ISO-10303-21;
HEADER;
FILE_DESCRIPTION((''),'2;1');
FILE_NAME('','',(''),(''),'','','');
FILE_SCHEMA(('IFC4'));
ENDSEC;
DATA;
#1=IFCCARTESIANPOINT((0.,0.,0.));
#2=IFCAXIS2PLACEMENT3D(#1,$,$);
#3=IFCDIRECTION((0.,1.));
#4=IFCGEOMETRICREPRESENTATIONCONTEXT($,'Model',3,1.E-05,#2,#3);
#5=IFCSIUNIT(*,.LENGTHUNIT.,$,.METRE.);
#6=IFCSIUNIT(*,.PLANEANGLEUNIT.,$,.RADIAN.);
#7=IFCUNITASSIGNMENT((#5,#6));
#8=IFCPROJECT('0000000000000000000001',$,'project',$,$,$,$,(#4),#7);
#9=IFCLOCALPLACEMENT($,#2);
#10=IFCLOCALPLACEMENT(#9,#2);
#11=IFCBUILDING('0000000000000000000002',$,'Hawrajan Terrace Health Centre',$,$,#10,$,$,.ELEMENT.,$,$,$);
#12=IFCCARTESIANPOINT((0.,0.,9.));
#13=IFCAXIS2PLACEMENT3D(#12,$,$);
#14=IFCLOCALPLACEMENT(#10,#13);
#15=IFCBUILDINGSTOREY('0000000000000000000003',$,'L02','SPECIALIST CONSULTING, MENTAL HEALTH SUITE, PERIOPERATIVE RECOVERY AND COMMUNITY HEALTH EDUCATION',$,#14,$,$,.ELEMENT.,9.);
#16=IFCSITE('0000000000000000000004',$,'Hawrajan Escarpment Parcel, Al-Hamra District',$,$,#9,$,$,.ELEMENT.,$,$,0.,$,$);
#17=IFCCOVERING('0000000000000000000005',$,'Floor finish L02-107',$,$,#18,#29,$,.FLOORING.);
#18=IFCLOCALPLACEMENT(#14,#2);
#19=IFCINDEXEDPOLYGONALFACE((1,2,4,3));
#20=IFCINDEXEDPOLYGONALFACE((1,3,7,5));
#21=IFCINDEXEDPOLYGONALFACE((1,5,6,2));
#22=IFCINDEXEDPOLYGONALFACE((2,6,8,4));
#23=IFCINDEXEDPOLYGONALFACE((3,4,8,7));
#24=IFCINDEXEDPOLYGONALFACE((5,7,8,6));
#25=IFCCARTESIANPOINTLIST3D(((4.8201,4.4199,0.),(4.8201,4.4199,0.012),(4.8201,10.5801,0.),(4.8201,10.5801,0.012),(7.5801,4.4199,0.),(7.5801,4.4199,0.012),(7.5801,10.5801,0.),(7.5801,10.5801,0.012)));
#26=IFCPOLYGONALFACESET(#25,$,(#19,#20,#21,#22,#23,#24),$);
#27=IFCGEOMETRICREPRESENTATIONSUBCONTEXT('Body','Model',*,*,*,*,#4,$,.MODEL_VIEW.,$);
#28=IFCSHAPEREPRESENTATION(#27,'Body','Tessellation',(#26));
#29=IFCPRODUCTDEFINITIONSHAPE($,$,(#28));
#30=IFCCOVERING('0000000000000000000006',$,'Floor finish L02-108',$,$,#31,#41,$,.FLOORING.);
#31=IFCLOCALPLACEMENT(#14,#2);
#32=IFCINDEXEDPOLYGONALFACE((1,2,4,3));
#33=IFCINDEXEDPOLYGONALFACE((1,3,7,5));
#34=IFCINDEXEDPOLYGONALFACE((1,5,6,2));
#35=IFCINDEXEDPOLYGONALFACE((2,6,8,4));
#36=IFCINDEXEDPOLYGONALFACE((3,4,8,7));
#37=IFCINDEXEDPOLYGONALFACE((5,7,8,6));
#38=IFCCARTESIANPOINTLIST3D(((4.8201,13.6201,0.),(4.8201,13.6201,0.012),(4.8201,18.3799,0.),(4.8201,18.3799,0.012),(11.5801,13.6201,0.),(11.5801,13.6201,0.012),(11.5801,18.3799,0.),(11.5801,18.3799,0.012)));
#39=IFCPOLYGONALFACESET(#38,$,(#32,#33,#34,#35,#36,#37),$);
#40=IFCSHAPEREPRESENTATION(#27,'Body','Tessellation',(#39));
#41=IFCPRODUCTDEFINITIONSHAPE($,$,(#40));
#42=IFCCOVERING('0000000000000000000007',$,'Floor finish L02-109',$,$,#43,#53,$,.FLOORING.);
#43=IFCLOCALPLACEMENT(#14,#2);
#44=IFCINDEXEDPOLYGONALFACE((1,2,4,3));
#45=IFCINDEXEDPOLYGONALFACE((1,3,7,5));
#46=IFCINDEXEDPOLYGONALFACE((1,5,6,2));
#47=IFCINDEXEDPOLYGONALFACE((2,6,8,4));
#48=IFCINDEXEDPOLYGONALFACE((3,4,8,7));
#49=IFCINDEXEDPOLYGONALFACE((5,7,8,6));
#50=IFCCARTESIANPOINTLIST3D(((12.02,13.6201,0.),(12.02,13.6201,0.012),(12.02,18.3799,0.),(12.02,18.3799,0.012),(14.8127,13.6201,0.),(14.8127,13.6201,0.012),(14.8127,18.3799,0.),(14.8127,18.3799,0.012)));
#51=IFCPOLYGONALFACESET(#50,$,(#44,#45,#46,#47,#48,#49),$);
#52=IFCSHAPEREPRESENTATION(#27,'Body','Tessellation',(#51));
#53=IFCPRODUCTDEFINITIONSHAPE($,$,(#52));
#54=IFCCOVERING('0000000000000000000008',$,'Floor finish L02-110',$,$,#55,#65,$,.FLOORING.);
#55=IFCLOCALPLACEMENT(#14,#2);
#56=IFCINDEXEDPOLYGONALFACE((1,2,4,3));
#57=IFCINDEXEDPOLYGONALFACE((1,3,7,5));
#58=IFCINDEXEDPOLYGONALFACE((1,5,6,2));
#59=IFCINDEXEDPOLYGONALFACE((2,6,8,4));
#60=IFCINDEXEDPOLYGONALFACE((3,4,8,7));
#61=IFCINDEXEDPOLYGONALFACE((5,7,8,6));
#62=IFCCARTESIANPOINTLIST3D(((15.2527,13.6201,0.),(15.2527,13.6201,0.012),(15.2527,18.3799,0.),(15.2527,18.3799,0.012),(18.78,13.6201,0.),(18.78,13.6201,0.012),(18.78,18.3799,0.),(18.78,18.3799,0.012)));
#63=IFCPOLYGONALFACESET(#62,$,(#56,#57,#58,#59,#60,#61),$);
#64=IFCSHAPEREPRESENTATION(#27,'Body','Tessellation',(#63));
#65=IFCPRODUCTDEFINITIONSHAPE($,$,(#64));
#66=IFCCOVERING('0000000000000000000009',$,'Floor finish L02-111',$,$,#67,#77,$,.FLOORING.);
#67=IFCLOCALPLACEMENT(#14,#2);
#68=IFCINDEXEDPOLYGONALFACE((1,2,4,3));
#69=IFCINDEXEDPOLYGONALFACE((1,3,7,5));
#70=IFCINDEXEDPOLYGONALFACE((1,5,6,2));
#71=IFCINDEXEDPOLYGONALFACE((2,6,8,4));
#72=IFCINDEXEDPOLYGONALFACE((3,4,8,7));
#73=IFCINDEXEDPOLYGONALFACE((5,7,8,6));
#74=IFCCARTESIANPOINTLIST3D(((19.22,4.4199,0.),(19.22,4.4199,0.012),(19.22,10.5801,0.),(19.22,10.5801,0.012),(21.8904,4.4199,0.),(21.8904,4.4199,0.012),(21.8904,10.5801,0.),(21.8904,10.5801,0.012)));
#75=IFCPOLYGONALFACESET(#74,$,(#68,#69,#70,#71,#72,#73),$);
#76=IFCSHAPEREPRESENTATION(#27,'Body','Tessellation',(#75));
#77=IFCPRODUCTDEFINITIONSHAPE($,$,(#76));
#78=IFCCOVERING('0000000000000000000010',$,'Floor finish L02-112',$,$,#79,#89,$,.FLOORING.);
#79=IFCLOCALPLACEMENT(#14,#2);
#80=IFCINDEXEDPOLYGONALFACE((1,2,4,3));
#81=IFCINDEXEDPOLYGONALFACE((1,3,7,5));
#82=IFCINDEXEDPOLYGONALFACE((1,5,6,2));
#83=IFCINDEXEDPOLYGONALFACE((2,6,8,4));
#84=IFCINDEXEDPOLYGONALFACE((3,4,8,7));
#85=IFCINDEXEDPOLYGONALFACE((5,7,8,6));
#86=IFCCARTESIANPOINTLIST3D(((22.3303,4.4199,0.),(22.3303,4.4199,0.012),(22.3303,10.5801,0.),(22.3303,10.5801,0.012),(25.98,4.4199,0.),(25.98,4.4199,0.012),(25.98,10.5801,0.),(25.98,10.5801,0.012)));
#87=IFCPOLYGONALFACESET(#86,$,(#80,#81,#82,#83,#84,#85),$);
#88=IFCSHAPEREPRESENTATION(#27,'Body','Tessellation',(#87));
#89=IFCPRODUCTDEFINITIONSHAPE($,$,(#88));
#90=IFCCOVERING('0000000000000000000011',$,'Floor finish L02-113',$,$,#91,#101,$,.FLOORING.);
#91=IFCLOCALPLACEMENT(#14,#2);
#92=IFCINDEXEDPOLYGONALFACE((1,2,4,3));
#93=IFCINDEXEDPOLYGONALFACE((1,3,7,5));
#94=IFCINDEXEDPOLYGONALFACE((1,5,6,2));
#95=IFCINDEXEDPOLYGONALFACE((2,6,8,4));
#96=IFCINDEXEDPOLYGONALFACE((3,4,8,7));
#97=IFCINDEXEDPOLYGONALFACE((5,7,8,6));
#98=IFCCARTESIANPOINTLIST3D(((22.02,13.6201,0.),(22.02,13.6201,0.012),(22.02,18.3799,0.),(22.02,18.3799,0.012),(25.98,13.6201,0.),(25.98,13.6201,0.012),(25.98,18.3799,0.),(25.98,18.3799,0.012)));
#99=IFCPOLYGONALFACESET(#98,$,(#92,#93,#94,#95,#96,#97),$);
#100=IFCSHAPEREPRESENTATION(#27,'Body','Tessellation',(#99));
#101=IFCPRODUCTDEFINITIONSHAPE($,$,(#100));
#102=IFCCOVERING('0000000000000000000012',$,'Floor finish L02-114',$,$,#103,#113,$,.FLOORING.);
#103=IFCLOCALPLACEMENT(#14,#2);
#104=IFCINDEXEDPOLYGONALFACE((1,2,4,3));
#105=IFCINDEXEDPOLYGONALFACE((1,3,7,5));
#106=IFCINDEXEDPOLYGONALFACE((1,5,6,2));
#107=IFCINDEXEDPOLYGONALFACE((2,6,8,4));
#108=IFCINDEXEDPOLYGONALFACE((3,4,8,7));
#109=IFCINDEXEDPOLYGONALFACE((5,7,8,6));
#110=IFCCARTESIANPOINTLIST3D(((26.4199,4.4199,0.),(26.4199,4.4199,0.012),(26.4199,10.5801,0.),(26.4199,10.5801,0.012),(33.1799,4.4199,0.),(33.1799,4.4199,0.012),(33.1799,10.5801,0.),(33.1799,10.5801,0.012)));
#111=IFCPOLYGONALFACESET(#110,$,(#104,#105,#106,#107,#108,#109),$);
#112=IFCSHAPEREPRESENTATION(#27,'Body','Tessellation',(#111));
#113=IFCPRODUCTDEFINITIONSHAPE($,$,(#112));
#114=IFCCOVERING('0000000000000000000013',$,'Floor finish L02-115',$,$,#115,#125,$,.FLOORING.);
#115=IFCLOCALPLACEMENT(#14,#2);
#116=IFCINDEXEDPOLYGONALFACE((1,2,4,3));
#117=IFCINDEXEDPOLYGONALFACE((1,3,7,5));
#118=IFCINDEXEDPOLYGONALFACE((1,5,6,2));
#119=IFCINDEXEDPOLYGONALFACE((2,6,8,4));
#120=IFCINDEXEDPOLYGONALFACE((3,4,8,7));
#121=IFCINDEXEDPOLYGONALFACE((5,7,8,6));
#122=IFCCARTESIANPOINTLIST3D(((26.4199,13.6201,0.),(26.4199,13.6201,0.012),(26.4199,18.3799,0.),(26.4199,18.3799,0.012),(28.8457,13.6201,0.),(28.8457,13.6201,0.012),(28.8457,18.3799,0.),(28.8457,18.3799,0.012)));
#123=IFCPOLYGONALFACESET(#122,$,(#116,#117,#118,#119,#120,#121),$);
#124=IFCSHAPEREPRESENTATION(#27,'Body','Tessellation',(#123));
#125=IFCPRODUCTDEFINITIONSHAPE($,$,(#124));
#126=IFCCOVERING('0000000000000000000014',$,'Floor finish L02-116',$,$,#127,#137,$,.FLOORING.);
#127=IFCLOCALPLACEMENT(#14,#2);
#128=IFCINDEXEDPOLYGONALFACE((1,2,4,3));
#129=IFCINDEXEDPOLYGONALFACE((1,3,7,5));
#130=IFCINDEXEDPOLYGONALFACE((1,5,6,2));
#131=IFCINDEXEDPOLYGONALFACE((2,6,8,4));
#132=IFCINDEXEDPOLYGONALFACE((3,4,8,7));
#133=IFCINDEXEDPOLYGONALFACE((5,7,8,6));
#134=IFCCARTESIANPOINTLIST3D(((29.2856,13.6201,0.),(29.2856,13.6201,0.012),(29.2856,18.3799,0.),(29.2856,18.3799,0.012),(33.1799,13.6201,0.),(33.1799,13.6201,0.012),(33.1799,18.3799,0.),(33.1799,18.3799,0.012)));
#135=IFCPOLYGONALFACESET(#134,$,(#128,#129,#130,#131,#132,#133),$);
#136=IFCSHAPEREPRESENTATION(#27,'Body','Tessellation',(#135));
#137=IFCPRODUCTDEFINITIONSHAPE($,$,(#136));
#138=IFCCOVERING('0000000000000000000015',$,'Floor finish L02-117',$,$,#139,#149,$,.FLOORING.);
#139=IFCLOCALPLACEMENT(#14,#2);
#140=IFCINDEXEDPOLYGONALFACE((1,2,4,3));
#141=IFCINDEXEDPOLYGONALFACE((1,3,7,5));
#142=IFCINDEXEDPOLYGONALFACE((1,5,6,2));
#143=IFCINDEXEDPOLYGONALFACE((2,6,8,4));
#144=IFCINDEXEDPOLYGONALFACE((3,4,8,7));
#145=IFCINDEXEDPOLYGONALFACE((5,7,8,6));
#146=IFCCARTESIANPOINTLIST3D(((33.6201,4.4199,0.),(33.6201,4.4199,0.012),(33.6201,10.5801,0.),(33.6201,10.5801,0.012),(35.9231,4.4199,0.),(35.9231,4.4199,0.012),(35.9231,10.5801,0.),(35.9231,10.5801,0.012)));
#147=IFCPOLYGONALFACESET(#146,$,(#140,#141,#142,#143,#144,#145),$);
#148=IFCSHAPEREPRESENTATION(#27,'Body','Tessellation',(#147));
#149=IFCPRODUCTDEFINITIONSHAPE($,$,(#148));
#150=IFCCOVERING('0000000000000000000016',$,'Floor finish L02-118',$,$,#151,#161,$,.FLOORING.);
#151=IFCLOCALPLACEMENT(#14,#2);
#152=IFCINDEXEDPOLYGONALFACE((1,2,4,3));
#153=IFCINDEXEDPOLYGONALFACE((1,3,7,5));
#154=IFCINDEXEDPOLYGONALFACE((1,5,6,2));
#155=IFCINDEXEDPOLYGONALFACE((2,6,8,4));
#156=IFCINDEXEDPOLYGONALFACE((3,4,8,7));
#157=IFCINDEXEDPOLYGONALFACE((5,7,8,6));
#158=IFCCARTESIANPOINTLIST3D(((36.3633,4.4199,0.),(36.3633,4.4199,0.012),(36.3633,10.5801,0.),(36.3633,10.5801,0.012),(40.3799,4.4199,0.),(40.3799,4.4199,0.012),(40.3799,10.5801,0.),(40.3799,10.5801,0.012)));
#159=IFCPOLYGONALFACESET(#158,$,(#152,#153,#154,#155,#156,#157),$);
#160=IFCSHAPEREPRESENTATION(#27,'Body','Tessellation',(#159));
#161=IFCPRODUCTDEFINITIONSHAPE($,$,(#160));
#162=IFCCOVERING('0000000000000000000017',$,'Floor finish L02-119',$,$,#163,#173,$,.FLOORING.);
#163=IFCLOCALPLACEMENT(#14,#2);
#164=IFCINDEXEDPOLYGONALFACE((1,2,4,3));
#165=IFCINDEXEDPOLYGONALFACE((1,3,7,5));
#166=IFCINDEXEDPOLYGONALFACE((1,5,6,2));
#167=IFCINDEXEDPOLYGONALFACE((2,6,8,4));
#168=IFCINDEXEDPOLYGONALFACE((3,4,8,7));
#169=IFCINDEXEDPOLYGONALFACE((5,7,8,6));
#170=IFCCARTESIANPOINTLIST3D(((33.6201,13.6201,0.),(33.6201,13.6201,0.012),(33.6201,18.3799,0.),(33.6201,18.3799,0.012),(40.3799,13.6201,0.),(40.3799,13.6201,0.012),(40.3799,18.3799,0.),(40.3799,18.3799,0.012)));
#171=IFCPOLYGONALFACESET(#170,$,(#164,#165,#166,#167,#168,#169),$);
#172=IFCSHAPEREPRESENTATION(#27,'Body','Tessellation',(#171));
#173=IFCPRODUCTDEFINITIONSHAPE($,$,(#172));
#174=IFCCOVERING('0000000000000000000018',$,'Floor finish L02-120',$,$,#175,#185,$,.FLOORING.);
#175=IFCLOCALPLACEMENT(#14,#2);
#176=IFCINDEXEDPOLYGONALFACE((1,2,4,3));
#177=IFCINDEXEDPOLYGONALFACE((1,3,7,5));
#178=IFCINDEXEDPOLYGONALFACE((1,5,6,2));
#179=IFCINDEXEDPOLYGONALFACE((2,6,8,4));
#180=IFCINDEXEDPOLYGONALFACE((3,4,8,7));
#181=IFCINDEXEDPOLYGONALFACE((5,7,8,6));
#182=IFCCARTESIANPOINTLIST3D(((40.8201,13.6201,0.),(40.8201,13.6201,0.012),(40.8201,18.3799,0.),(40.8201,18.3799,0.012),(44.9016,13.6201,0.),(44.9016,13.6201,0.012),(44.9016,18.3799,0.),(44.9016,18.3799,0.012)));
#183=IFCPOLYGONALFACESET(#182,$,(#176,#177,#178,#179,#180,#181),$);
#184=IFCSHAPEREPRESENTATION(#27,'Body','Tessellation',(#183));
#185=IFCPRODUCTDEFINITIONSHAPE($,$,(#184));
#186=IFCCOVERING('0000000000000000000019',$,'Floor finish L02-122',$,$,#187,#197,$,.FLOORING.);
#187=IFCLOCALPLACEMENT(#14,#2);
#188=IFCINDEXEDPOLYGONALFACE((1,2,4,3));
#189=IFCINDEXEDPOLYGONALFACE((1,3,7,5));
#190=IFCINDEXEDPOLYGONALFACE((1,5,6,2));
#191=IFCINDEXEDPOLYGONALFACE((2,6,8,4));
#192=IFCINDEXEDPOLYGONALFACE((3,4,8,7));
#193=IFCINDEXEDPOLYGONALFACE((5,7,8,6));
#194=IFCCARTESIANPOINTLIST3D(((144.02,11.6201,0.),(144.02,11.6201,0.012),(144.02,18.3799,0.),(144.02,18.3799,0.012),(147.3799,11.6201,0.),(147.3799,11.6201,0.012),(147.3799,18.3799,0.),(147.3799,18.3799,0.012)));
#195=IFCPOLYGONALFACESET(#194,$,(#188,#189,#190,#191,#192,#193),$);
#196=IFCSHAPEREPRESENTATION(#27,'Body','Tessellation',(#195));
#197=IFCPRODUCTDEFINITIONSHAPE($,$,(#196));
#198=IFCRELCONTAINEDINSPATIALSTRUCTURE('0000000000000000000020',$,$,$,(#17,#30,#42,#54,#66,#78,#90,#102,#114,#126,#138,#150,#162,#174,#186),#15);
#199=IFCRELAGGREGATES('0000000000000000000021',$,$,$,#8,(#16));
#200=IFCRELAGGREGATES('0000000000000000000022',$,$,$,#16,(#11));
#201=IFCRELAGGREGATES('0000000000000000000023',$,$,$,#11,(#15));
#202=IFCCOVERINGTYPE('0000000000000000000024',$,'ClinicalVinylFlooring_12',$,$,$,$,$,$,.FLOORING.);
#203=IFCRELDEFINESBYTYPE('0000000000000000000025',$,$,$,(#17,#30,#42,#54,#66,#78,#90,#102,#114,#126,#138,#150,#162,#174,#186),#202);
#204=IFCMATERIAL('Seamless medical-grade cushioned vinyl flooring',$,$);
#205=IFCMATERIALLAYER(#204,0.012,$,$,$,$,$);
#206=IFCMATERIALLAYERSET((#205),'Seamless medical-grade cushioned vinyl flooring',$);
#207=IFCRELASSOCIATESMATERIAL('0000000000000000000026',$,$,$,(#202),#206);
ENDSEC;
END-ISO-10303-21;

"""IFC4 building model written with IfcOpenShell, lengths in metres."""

from ifc_helpers import new_model, si_unit, direction, frame, origin, place, context, subcontext, project, spatial, polyline, outline, extrude, material, layer, layer_set, type_object, element, save


model = new_model("IFC4")

# Units and contexts
model_context = context("Model", 3, precision=1e-05, world=origin(), true_north=direction((0.0, 1.0)))
body_context = subcontext(model_context, "Body", "Model", "MODEL_VIEW")
ifc_project = project(units=[si_unit("LENGTHUNIT", "METRE"), si_unit("PLANEANGLEUNIT", "RADIAN")], contexts=[model_context])

# Site, building, storey
site_placement = place(None, origin())
site = spatial("IfcSite", under=ifc_project, at=site_placement, Name="Hawrajan Escarpment Parcel, Al-Hamra District", CompositionType="ELEMENT", RefElevation=0.0)
building_placement = place(site_placement, origin())
building = spatial("IfcBuilding", under=site, at=building_placement, Name="Hawrajan Terrace Health Centre", CompositionType="ELEMENT")
storey_placement = place(building_placement, frame((0.0, 0.0, 9.0)))
storey = spatial("IfcBuildingStorey", under=building, at=storey_placement, Name="L02", Description="SPECIALIST CONSULTING, MENTAL HEALTH SUITE, PERIOPERATIVE RECOVERY AND COMMUNITY HEALTH EDUCATION", CompositionType="ELEMENT", Elevation=9.0)

# Coverings
ifc_material = material(Name="Seamless medical-grade cushioned vinyl flooring")
ifc_layer = layer(ifc_material, 0.012)
ifc_layer_set = layer_set([ifc_layer], Name="Seamless medical-grade cushioned vinyl flooring")
covering_type = type_object("IfcCoveringType", Name="ClinicalVinylFlooring_12", PredefinedType="FLOORING", material=ifc_layer_set)
covering_1_placement = place(storey_placement, origin())
element("IfcCovering", 1, at=covering_1_placement, inside=storey, type_object=covering_type, Name="Floor finish L02-107", PredefinedType="FLOORING", context=body_context, shape_type="SweptSolid", body=[
    extrude(outline(polyline([(4.8201, 10.5801), (7.5801, 10.5801), (7.5801, 4.4199), (4.8201, 4.4199), (4.8201, 10.5801)])), origin(), (0.0, 0.0, 1.0), 0.012),
])
covering_2_placement = place(storey_placement, origin())
element("IfcCovering", 2, at=covering_2_placement, inside=storey, type_object=covering_type, Name="Floor finish L02-108", PredefinedType="FLOORING", context=body_context, shape_type="SweptSolid", body=[
    extrude(outline(polyline([(4.8201, 18.3799), (11.5801, 18.3799), (11.5801, 13.6201), (4.8201, 13.6201), (4.8201, 18.3799)])), origin(), (0.0, 0.0, 1.0), 0.012),
])
covering_3_placement = place(storey_placement, origin())
element("IfcCovering", 3, at=covering_3_placement, inside=storey, type_object=covering_type, Name="Floor finish L02-109", PredefinedType="FLOORING", context=body_context, shape_type="SweptSolid", body=[
    extrude(outline(polyline([(12.02, 18.3799), (14.8127, 18.3799), (14.8127, 13.6201), (12.02, 13.6201), (12.02, 18.3799)])), origin(), (0.0, 0.0, 1.0), 0.012),
])
covering_4_placement = place(storey_placement, origin())
element("IfcCovering", 4, at=covering_4_placement, inside=storey, type_object=covering_type, Name="Floor finish L02-110", PredefinedType="FLOORING", context=body_context, shape_type="SweptSolid", body=[
    extrude(outline(polyline([(15.2527, 18.3799), (18.78, 18.3799), (18.78, 13.6201), (15.2527, 13.6201), (15.2527, 18.3799)])), origin(), (0.0, 0.0, 1.0), 0.012),
])
covering_5_placement = place(storey_placement, origin())
element("IfcCovering", 5, at=covering_5_placement, inside=storey, type_object=covering_type, Name="Floor finish L02-111", PredefinedType="FLOORING", context=body_context, shape_type="SweptSolid", body=[
    extrude(outline(polyline([(19.22, 10.5801), (21.8904, 10.5801), (21.8904, 4.4199), (19.22, 4.4199), (19.22, 10.5801)])), origin(), (0.0, 0.0, 1.0), 0.012),
])
covering_6_placement = place(storey_placement, origin())
element("IfcCovering", 6, at=covering_6_placement, inside=storey, type_object=covering_type, Name="Floor finish L02-112", PredefinedType="FLOORING", context=body_context, shape_type="SweptSolid", body=[
    extrude(outline(polyline([(22.3303, 10.5801), (25.98, 10.5801), (25.98, 4.4199), (22.3303, 4.4199), (22.3303, 10.5801)])), origin(), (0.0, 0.0, 1.0), 0.012),
])
covering_7_placement = place(storey_placement, origin())
element("IfcCovering", 7, at=covering_7_placement, inside=storey, type_object=covering_type, Name="Floor finish L02-113", PredefinedType="FLOORING", context=body_context, shape_type="SweptSolid", body=[
    extrude(outline(polyline([(22.02, 18.3799), (25.98, 18.3799), (25.98, 13.6201), (22.02, 13.6201), (22.02, 18.3799)])), origin(), (0.0, 0.0, 1.0), 0.012),
])
covering_8_placement = place(storey_placement, origin())
element("IfcCovering", 8, at=covering_8_placement, inside=storey, type_object=covering_type, Name="Floor finish L02-114", PredefinedType="FLOORING", context=body_context, shape_type="SweptSolid", body=[
    extrude(outline(polyline([(26.4199, 10.5801), (33.1799, 10.5801), (33.1799, 4.4199), (26.4199, 4.4199), (26.4199, 10.5801)])), origin(), (0.0, 0.0, 1.0), 0.012),
])
covering_9_placement = place(storey_placement, origin())
element("IfcCovering", 9, at=covering_9_placement, inside=storey, type_object=covering_type, Name="Floor finish L02-115", PredefinedType="FLOORING", context=body_context, shape_type="SweptSolid", body=[
    extrude(outline(polyline([(26.4199, 18.3799), (28.8457, 18.3799), (28.8457, 13.6201), (26.4199, 13.6201), (26.4199, 18.3799)])), origin(), (0.0, 0.0, 1.0), 0.012),
])
covering_10_placement = place(storey_placement, origin())
element("IfcCovering", 10, at=covering_10_placement, inside=storey, type_object=covering_type, Name="Floor finish L02-116", PredefinedType="FLOORING", context=body_context, shape_type="SweptSolid", body=[
    extrude(outline(polyline([(29.2856, 18.3799), (33.1799, 18.3799), (33.1799, 13.6201), (29.2856, 13.6201), (29.2856, 18.3799)])), origin(), (0.0, 0.0, 1.0), 0.012),
])
covering_11_placement = place(storey_placement, origin())
element("IfcCovering", 11, at=covering_11_placement, inside=storey, type_object=covering_type, Name="Floor finish L02-117", PredefinedType="FLOORING", context=body_context, shape_type="SweptSolid", body=[
    extrude(outline(polyline([(33.6201, 10.5801), (35.9231, 10.5801), (35.9231, 4.4199), (33.6201, 4.4199), (33.6201, 10.5801)])), origin(), (0.0, 0.0, 1.0), 0.012),
])
covering_12_placement = place(storey_placement, origin())
element("IfcCovering", 12, at=covering_12_placement, inside=storey, type_object=covering_type, Name="Floor finish L02-118", PredefinedType="FLOORING", context=body_context, shape_type="SweptSolid", body=[
    extrude(outline(polyline([(36.3633, 10.5801), (40.3799, 10.5801), (40.3799, 4.4199), (36.3633, 4.4199), (36.3633, 10.5801)])), origin(), (0.0, 0.0, 1.0), 0.012),
])
covering_13_placement = place(storey_placement, origin())
element("IfcCovering", 13, at=covering_13_placement, inside=storey, type_object=covering_type, Name="Floor finish L02-119", PredefinedType="FLOORING", context=body_context, shape_type="SweptSolid", body=[
    extrude(outline(polyline([(33.6201, 18.3799), (40.3799, 18.3799), (40.3799, 13.6201), (33.6201, 13.6201), (33.6201, 18.3799)])), origin(), (0.0, 0.0, 1.0), 0.012),
])
covering_14_placement = place(storey_placement, origin())
element("IfcCovering", 14, at=covering_14_placement, inside=storey, type_object=covering_type, Name="Floor finish L02-120", PredefinedType="FLOORING", context=body_context, shape_type="SweptSolid", body=[
    extrude(outline(polyline([(40.8201, 18.3799), (44.9016, 18.3799), (44.9016, 13.6201), (40.8201, 13.6201), (40.8201, 18.3799)])), origin(), (0.0, 0.0, 1.0), 0.012),
])
covering_15_placement = place(storey_placement, origin())
element("IfcCovering", 15, at=covering_15_placement, inside=storey, type_object=covering_type, Name="Floor finish L02-122", PredefinedType="FLOORING", context=body_context, shape_type="SweptSolid", body=[
    extrude(outline(polyline([(144.02, 18.3799), (147.3799, 18.3799), (147.3799, 11.6201), (144.02, 11.6201), (144.02, 18.3799)])), origin(), (0.0, 0.0, 1.0), 0.012),
])

save(model, "model.ifc")
